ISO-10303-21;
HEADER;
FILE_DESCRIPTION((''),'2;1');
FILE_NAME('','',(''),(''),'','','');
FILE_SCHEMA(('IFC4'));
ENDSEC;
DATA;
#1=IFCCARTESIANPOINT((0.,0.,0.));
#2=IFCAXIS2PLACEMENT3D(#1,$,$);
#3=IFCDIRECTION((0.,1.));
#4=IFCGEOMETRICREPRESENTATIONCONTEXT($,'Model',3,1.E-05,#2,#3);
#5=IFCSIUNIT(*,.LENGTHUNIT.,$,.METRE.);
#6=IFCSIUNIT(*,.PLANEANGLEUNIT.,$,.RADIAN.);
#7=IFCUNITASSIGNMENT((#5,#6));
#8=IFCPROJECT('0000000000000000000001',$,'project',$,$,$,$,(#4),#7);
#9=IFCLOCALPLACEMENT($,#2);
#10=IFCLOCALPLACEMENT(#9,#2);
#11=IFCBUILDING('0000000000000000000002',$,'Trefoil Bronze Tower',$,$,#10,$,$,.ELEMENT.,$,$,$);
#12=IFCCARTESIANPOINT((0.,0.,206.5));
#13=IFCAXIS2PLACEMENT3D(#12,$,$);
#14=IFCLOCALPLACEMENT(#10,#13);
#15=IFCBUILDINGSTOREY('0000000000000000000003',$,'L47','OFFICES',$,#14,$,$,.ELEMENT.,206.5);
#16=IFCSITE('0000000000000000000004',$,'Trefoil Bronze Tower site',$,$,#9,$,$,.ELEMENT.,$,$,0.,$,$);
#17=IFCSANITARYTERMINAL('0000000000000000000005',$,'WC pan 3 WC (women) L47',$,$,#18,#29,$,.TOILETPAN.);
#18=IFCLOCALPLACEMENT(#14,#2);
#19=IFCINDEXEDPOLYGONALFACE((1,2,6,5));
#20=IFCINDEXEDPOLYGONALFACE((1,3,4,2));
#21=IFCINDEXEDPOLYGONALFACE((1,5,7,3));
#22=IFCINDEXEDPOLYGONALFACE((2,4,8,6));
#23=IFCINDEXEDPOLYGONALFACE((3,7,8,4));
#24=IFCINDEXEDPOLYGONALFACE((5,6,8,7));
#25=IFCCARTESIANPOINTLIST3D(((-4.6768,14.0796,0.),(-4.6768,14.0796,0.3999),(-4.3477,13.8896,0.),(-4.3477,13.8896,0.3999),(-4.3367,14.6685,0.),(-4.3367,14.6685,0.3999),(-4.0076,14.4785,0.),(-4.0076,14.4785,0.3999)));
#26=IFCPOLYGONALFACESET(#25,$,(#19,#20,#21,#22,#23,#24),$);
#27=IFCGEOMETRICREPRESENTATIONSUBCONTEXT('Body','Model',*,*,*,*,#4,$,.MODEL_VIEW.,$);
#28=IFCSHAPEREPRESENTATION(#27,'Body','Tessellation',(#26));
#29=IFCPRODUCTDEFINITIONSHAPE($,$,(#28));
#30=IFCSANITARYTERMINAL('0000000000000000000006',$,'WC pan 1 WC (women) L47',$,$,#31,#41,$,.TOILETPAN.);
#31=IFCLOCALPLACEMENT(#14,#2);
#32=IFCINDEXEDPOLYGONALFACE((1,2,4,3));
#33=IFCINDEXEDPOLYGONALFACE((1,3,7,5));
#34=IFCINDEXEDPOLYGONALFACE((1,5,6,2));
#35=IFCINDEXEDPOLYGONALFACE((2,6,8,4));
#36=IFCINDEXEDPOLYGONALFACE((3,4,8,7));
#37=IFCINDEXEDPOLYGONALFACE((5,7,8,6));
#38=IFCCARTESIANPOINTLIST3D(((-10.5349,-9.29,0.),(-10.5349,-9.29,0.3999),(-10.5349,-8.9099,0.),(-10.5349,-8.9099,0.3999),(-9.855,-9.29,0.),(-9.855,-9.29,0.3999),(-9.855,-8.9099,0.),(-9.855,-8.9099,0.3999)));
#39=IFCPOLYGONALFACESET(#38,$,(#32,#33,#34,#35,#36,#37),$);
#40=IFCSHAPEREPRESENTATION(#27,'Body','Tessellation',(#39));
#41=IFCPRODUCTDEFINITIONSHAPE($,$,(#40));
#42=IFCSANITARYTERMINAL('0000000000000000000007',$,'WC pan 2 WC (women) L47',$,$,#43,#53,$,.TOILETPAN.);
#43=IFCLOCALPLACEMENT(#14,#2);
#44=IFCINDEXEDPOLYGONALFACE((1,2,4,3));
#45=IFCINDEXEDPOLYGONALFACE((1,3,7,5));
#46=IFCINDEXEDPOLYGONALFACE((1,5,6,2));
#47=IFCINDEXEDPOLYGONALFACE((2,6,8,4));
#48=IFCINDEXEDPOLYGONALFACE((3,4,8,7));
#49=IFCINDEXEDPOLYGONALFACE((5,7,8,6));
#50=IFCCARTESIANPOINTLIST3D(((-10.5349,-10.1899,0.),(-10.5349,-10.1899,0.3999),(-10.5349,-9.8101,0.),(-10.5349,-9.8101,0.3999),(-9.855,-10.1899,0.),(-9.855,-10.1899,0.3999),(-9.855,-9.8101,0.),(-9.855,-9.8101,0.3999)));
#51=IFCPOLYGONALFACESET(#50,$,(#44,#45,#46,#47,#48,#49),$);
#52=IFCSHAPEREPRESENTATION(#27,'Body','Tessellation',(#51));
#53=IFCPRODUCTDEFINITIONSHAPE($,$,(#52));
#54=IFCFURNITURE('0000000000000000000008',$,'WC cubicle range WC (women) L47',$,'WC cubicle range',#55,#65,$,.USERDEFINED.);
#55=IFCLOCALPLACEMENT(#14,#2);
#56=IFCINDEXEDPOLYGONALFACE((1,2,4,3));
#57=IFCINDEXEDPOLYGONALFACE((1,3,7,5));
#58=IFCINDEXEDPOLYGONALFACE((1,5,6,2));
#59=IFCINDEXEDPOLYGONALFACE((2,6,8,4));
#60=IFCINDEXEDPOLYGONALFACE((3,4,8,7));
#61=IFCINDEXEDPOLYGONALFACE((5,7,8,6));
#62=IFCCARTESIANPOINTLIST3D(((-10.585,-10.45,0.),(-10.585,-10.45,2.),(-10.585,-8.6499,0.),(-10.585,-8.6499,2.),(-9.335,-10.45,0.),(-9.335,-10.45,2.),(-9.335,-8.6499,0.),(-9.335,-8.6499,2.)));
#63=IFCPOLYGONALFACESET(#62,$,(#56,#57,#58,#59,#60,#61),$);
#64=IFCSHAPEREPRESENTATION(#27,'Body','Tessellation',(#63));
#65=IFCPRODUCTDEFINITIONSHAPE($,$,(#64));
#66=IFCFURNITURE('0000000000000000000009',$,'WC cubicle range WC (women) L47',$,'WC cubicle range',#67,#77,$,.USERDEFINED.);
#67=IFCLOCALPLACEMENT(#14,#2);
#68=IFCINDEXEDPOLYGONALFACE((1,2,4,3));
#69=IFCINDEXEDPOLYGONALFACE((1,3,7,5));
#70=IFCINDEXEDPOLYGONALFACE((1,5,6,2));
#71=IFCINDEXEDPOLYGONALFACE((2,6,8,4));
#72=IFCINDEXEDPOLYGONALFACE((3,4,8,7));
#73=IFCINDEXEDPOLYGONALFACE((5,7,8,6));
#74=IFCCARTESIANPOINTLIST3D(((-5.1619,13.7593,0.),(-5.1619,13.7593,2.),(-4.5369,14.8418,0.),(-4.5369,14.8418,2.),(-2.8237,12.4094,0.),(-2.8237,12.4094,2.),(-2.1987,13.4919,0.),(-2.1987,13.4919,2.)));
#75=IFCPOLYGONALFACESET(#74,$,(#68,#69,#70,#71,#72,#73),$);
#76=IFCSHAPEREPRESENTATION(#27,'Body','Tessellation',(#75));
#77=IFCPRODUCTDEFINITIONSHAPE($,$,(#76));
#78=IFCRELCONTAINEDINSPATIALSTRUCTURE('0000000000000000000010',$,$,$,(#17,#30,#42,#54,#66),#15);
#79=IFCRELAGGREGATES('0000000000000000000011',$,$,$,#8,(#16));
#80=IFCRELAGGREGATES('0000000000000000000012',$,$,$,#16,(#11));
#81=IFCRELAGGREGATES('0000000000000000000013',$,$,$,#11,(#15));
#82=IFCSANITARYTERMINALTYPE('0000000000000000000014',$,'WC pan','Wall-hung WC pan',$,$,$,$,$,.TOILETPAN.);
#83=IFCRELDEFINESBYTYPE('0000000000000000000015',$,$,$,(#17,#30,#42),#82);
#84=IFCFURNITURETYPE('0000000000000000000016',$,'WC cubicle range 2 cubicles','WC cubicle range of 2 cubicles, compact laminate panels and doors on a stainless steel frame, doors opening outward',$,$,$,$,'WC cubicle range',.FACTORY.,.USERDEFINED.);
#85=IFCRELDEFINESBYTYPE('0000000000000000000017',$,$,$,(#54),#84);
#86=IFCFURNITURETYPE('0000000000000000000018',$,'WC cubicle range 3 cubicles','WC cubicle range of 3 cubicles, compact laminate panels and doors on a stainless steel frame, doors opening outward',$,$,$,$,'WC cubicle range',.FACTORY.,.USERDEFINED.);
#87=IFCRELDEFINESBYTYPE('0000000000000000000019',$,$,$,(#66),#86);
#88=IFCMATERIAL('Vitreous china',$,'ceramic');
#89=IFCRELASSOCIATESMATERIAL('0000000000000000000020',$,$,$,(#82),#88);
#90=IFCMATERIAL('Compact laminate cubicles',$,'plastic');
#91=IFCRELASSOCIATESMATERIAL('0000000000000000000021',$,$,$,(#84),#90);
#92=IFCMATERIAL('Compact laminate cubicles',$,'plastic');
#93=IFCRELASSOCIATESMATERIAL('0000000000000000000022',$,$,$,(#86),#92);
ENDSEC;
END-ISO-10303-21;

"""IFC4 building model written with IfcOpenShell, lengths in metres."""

from ifc_helpers import new_model, si_unit, direction, frame, origin, place, context, subcontext, project, spatial, polyline, outline, extrude, material, type_object, element, save


model = new_model("IFC4")

# Units and contexts
model_context = context("Model", 3, precision=1e-05, world=origin(), true_north=direction((0.0, 1.0)))
body_context = subcontext(model_context, "Body", "Model", "MODEL_VIEW")
ifc_project = project(units=[si_unit("LENGTHUNIT", "METRE"), si_unit("PLANEANGLEUNIT", "RADIAN")], contexts=[model_context])

# Site, building, storey
site_placement = place(None, origin())
site = spatial("IfcSite", under=ifc_project, at=site_placement, Name="Trefoil Bronze Tower site", CompositionType="ELEMENT", RefElevation=0.0)
building_placement = place(site_placement, origin())
building = spatial("IfcBuilding", under=site, at=building_placement, Name="Trefoil Bronze Tower", CompositionType="ELEMENT")
storey_placement = place(building_placement, frame((0.0, 0.0, 206.5)))
storey = spatial("IfcBuildingStorey", under=building, at=storey_placement, Name="L47", Description="OFFICES", CompositionType="ELEMENT", Elevation=206.5)

# Sanitary terminals
ifc_material_1 = material(Name="Vitreous china", Category="ceramic")
sanitary_terminal_type_1 = type_object("IfcSanitaryTerminalType", Name="WC pan", Description="Wall-hung WC pan", PredefinedType="TOILETPAN", material=ifc_material_1)
sanitary_terminal_1_placement = place(storey_placement, origin())
element("IfcSanitaryTerminal", 1, at=sanitary_terminal_1_placement, inside=storey, type_object=sanitary_terminal_type_1, Name="WC pan 3 WC (women) L47", PredefinedType="TOILETPAN", context=body_context, shape_type="SweptSolid", body=[
    extrude(outline(polyline([(-4.3477, 13.8896), (-4.0076, 14.4785), (-4.3367, 14.6685), (-4.6768, 14.0796), (-4.3477, 13.8896)])), origin(), (0.0, 0.0, 1.0), 0.3999),
])
sanitary_terminal_2_placement = place(storey_placement, origin())
element("IfcSanitaryTerminal", 2, at=sanitary_terminal_2_placement, inside=storey, type_object=sanitary_terminal_type_1, Name="WC pan 1 WC (women) L47", PredefinedType="TOILETPAN", context=body_context, shape_type="SweptSolid", body=[
    extrude(outline(polyline([(-9.855, -8.9099), (-10.5349, -8.9099), (-10.5349, -9.29), (-9.855, -9.29), (-9.855, -8.9099)])), origin(), (0.0, 0.0, 1.0), 0.3999),
])
sanitary_terminal_3_placement = place(storey_placement, origin())
element("IfcSanitaryTerminal", 3, at=sanitary_terminal_3_placement, inside=storey, type_object=sanitary_terminal_type_1, Name="WC pan 2 WC (women) L47", PredefinedType="TOILETPAN", context=body_context, shape_type="SweptSolid", body=[
    extrude(outline(polyline([(-9.855, -9.8101), (-10.5349, -9.8101), (-10.5349, -10.1899), (-9.855, -10.1899), (-9.855, -9.8101)])), origin(), (0.0, 0.0, 1.0), 0.3999),
])

# Furniture
ifc_material_2 = material(Name="Compact laminate cubicles", Category="plastic")
furniture_type_1 = type_object("IfcFurnitureType", Name="WC cubicle range 2 cubicles", Description="WC cubicle range of 2 cubicles, compact laminate panels and doors on a stainless steel frame, doors opening outward", ElementType="WC cubicle range", AssemblyPlace="FACTORY", PredefinedType="USERDEFINED", material=ifc_material_2)
furniture_1_placement = place(storey_placement, origin())
element("IfcFurniture", 4, at=furniture_1_placement, inside=storey, type_object=furniture_type_1, Name="WC cubicle range WC (women) L47", ObjectType="WC cubicle range", PredefinedType="USERDEFINED", context=body_context, shape_type="SweptSolid", body=[
    extrude(outline(polyline([(-9.335, -8.6499), (-10.585, -8.6499), (-10.585, -10.45), (-9.335, -10.45), (-9.335, -8.6499)])), origin(), (0.0, 0.0, 1.0), 2.0),
])
ifc_material_3 = material(Name="Compact laminate cubicles", Category="plastic")
furniture_type_2 = type_object("IfcFurnitureType", Name="WC cubicle range 3 cubicles", Description="WC cubicle range of 3 cubicles, compact laminate panels and doors on a stainless steel frame, doors opening outward", ElementType="WC cubicle range", AssemblyPlace="FACTORY", PredefinedType="USERDEFINED", material=ifc_material_3)
furniture_2_placement = place(storey_placement, origin())
element("IfcFurniture", 5, at=furniture_2_placement, inside=storey, type_object=furniture_type_2, Name="WC cubicle range WC (women) L47", ObjectType="WC cubicle range", PredefinedType="USERDEFINED", context=body_context, shape_type="SweptSolid", body=[
    extrude(outline(polyline([(-2.8237, 12.4094), (-2.1987, 13.4919), (-4.5369, 14.8418), (-5.1619, 13.7593), (-2.8237, 12.4094)])), origin(), (0.0, 0.0, 1.0), 2.0),
])

save(model, "model.ifc")
